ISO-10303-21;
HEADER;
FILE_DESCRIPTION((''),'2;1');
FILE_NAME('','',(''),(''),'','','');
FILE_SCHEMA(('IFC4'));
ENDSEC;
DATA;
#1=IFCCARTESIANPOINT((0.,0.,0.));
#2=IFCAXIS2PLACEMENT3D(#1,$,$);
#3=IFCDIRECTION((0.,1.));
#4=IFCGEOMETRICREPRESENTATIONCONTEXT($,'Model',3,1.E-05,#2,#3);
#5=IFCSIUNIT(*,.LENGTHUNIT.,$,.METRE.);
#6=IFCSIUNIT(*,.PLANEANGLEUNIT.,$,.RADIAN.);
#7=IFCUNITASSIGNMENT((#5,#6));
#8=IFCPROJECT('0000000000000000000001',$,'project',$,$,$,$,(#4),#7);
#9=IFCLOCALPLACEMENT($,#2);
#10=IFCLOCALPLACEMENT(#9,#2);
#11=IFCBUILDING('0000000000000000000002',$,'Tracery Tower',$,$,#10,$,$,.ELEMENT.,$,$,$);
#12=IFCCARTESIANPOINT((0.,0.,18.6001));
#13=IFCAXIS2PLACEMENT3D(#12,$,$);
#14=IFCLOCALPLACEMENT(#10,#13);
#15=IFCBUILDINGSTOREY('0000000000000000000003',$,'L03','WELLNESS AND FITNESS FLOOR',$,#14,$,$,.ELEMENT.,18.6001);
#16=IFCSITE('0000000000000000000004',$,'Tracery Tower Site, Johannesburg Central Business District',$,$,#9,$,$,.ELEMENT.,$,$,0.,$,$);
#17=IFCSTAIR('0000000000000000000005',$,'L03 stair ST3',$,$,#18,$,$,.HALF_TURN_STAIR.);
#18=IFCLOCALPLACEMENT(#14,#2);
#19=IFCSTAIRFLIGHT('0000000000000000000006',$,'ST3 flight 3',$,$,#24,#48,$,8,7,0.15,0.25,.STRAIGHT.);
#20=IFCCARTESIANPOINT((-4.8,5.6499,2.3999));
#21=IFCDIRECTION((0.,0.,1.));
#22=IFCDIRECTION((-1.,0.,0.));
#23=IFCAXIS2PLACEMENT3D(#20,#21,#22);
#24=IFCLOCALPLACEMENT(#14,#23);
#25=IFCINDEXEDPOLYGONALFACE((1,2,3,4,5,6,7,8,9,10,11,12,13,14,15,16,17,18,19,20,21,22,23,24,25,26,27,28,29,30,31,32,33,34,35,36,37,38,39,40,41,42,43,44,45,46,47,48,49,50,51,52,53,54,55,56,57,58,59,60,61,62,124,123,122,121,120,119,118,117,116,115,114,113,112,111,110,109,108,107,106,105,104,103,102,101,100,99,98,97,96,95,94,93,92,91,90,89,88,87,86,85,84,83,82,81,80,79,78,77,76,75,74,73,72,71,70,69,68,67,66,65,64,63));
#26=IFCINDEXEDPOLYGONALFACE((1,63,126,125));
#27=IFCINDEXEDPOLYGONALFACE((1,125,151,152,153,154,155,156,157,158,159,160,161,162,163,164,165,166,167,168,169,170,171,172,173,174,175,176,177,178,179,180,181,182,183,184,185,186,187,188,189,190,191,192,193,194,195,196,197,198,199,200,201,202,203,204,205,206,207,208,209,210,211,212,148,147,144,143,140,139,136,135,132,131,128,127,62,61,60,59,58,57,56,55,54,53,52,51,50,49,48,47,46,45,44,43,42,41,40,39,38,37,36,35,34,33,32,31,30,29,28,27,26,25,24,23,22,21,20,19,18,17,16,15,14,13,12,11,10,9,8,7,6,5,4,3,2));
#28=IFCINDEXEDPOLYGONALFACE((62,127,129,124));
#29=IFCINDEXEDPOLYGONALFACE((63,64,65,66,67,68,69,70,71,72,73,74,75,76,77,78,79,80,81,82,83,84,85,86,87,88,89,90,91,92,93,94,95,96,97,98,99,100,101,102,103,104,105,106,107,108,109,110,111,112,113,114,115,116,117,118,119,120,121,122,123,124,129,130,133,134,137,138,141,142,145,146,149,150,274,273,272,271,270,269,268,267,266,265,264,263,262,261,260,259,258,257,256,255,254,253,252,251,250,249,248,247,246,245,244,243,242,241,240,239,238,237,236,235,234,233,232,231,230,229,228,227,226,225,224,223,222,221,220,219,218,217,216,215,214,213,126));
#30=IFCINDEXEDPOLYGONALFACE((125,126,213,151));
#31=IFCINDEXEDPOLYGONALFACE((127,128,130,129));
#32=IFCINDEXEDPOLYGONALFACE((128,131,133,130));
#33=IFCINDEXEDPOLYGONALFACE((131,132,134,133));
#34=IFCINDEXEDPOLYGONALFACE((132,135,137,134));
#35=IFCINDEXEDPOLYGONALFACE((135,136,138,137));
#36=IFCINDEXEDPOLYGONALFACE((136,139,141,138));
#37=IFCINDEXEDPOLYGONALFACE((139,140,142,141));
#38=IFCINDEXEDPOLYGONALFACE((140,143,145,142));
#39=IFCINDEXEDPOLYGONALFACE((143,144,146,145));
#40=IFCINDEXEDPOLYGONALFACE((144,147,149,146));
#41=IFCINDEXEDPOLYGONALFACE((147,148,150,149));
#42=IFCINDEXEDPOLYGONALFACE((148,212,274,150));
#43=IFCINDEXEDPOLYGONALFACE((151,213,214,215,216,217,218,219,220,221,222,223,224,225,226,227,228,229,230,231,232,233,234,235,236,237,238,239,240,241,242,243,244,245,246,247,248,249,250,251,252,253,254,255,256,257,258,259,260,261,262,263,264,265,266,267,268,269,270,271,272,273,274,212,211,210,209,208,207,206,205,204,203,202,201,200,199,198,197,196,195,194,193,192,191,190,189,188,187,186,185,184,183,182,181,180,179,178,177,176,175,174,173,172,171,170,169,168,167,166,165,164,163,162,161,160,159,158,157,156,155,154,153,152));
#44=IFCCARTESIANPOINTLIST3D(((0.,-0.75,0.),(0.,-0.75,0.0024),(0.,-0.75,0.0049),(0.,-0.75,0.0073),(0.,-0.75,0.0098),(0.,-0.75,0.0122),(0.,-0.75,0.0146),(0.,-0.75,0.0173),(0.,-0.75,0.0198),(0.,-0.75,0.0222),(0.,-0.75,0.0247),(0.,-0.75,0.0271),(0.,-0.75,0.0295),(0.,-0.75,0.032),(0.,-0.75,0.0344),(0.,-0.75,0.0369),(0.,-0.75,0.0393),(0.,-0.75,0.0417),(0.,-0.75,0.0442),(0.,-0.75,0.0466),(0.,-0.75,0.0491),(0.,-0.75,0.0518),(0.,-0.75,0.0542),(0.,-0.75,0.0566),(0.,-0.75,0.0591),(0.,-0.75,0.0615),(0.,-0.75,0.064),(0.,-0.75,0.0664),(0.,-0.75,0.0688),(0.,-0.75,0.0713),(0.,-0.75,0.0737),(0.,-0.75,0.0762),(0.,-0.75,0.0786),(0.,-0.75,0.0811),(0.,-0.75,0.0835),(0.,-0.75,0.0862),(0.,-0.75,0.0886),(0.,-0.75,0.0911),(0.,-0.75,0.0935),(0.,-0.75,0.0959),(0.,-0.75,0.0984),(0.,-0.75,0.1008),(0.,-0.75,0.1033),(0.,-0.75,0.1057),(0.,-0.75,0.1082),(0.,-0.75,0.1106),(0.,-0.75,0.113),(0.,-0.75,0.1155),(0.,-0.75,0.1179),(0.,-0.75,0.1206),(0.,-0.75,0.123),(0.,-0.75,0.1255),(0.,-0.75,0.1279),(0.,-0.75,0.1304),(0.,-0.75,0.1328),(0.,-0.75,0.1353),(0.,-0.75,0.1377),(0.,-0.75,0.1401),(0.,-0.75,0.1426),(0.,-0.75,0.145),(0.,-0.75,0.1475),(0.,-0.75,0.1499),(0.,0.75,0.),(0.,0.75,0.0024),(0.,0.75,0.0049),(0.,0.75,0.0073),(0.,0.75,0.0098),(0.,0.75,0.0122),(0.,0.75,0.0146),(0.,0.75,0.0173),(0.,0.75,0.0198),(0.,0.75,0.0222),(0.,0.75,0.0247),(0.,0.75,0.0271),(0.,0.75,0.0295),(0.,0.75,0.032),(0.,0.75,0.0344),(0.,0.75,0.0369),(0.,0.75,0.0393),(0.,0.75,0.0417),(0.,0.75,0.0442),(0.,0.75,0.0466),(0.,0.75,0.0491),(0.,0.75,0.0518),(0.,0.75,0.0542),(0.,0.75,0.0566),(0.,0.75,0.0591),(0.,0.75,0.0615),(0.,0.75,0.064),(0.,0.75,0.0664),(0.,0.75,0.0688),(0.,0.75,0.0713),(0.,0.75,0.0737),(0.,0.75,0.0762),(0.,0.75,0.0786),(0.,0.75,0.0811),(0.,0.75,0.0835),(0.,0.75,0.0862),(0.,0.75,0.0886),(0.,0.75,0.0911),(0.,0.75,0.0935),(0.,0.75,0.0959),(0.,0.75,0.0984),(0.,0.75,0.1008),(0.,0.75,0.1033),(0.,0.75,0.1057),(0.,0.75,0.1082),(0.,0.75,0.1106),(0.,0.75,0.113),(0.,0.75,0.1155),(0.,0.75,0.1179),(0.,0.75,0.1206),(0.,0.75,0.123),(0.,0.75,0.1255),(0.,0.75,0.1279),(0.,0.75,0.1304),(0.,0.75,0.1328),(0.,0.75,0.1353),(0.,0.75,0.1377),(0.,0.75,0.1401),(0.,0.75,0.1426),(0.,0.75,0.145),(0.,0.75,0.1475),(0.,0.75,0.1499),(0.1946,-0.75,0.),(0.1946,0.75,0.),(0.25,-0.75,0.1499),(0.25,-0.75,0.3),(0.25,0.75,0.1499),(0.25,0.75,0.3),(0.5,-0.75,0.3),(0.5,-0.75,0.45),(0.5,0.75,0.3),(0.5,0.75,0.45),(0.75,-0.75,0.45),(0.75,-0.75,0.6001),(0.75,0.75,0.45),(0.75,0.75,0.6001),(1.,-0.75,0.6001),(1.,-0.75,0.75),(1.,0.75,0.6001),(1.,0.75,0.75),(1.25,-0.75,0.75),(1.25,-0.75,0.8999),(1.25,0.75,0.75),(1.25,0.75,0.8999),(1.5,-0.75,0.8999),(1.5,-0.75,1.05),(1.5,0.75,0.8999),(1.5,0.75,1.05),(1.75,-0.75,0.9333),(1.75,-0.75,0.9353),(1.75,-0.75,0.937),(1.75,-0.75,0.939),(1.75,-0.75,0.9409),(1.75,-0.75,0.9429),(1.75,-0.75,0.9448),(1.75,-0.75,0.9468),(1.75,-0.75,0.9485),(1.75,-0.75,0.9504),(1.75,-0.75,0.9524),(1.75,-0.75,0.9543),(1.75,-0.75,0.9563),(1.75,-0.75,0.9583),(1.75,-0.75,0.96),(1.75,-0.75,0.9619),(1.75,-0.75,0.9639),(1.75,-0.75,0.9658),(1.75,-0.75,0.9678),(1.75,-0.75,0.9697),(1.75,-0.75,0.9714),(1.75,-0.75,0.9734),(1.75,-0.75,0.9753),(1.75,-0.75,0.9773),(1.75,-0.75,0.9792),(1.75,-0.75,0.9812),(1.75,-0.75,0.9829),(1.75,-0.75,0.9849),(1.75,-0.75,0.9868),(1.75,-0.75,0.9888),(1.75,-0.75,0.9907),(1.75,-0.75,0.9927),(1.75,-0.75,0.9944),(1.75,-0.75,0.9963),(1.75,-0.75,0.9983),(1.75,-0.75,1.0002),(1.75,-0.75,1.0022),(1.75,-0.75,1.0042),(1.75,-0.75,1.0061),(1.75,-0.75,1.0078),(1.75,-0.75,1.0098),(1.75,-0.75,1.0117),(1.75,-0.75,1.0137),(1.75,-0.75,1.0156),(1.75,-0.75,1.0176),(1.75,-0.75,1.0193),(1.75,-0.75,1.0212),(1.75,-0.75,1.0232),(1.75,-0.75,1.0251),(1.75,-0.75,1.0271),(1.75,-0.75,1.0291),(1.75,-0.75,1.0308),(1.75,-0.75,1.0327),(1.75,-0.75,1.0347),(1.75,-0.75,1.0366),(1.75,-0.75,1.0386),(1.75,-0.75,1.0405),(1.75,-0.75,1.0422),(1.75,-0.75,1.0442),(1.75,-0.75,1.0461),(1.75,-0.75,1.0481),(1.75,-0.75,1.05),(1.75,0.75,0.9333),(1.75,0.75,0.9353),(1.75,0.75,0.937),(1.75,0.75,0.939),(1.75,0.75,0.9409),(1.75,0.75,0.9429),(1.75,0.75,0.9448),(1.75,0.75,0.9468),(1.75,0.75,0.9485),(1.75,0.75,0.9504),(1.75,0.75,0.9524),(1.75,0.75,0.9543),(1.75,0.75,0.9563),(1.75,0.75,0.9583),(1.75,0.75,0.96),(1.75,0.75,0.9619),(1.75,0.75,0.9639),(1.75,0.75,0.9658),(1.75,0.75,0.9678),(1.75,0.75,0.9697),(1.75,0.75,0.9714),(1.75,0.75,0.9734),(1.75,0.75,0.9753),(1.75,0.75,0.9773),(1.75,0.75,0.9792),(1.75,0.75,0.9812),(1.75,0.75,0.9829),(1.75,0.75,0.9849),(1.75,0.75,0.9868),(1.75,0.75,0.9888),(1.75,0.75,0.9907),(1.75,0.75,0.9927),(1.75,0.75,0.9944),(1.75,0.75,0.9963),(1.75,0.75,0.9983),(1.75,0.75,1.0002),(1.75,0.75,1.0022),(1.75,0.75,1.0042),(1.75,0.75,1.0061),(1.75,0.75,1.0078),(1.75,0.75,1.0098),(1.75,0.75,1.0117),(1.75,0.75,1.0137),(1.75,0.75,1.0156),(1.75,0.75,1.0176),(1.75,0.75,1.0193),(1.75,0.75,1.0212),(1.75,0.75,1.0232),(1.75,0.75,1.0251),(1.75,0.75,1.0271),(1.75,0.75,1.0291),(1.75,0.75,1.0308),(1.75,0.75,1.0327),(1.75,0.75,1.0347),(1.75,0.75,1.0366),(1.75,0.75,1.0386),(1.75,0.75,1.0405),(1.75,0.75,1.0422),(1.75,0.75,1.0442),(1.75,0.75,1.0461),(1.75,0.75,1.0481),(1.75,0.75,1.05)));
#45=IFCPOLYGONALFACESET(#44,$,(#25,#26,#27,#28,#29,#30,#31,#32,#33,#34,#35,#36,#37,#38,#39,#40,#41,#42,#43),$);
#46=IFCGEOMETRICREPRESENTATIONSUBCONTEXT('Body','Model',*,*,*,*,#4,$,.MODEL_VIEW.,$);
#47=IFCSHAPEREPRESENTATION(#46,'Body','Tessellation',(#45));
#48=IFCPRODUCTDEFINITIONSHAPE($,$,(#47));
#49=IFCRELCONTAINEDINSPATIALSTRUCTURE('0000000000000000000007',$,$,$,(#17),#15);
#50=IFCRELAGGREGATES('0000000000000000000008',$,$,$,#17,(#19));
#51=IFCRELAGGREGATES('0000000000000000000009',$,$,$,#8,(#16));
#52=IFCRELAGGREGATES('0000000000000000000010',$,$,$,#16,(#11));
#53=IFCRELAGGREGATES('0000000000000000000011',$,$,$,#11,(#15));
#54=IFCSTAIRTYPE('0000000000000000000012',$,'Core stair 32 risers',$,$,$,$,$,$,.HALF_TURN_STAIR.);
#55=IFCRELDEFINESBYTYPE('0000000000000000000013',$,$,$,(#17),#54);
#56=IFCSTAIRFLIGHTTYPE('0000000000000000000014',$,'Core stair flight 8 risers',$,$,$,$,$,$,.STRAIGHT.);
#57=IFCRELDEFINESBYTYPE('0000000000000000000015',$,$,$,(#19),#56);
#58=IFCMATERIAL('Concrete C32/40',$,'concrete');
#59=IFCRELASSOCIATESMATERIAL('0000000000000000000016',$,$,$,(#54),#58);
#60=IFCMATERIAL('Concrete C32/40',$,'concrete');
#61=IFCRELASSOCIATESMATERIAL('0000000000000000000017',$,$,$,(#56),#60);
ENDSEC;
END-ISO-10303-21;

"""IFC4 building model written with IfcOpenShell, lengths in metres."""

from ifc_helpers import new_model, si_unit, direction, frame, origin, place, context, subcontext, project, spatial, polyline, outline, extrude, material, type_object, element, aggregate, save


model = new_model("IFC4")

# Units and contexts
model_context = context("Model", 3, precision=1e-05, world=origin(), true_north=direction((0.0, 1.0)))
body_context = subcontext(model_context, "Body", "Model", "MODEL_VIEW")
ifc_project = project(units=[si_unit("LENGTHUNIT", "METRE"), si_unit("PLANEANGLEUNIT", "RADIAN")], contexts=[model_context])

# Site, building, storey
site_placement = place(None, origin())
site = spatial("IfcSite", under=ifc_project, at=site_placement, Name="Tracery Tower Site, Johannesburg Central Business District", CompositionType="ELEMENT", RefElevation=0.0)
building_placement = place(site_placement, origin())
building = spatial("IfcBuilding", under=site, at=building_placement, Name="Tracery Tower", CompositionType="ELEMENT")
storey_placement = place(building_placement, frame((0.0, 0.0, 18.6001)))
storey = spatial("IfcBuildingStorey", under=building, at=storey_placement, Name="L03", Description="WELLNESS AND FITNESS FLOOR", CompositionType="ELEMENT", Elevation=18.6001)

# Stair, stair flight
ifc_material_1 = material(Name="Concrete C32/40", Category="concrete")
stair_type = type_object("IfcStairType", Name="Core stair 32 risers", PredefinedType="HALF_TURN_STAIR", material=ifc_material_1)
stair_placement = place(storey_placement, origin())
stair = element("IfcStair", 1, at=stair_placement, inside=storey, type_object=stair_type, Name="L03 stair ST3", PredefinedType="HALF_TURN_STAIR")
ifc_material_2 = material(Name="Concrete C32/40", Category="concrete")
stair_flight_type = type_object("IfcStairFlightType", Name="Core stair flight 8 risers", PredefinedType="STRAIGHT", material=ifc_material_2)
stair_flight_1_placement = place(storey_placement, frame((-4.8, 5.6499, 2.3999), z_axis=(0.0, 0.0, 1.0), x_axis=(-1.0, 0.0, 0.0)))
stair_flight_1 = element("IfcStairFlight", 2, at=stair_flight_1_placement, type_object=stair_flight_type, Name="ST3 flight 3", NumberOfRisers=8, NumberOfTreads=7, PredefinedType="STRAIGHT", RiserHeight=0.15, TreadLength=0.25, context=body_context, shape_type="SweptSolid", body=[
    extrude(outline(polyline([(0.0, 0.0), (0.0, 0.0024), (0.0, 0.0049), (0.0, 0.0073), (0.0, 0.0098), (0.0, 0.0122), (0.0, 0.0146), (0.0, 0.0173), (0.0, 0.0198), (0.0, 0.0222), (0.0, 0.0247), (0.0, 0.0271), (0.0, 0.0295), (0.0, 0.032), (0.0, 0.0344), (0.0, 0.0369), (0.0, 0.0393), (0.0, 0.0417), (0.0, 0.0442), (0.0, 0.0466), (0.0, 0.0491), (0.0, 0.0518), (0.0, 0.0542), (0.0, 0.0566), (0.0, 0.0591), (0.0, 0.0615), (0.0, 0.064), (0.0, 0.0664), (0.0, 0.0688), (0.0, 0.0713), (0.0, 0.0737), (0.0, 0.0762), (0.0, 0.0786), (0.0, 0.0811), (0.0, 0.0835), (0.0, 0.0862), (0.0, 0.0886), (0.0, 0.0911), (0.0, 0.0935), (0.0, 0.0959), (0.0, 0.0984), (0.0, 0.1008), (0.0, 0.1033), (0.0, 0.1057), (0.0, 0.1082), (0.0, 0.1106), (0.0, 0.113), (0.0, 0.1155), (0.0, 0.1179), (0.0, 0.1206), (0.0, 0.123), (0.0, 0.1255), (0.0, 0.1279), (0.0, 0.1304), (0.0, 0.1328), (0.0, 0.1353), (0.0, 0.1377), (0.0, 0.1401), (0.0, 0.1426), (0.0, 0.145), (0.0, 0.1475), (0.0, 0.1499), (0.25, 0.1499), (0.25, 0.3), (0.5, 0.3), (0.5, 0.45), (0.75, 0.45), (0.75, 0.6001), (1.0, 0.6001), (1.0, 0.75), (1.25, 0.75), (1.25, 0.8999), (1.5, 0.8999), (1.5, 1.05), (1.75, 1.05), (1.75, 1.0481), (1.75, 1.0461), (1.75, 1.0442), (1.75, 1.0422), (1.75, 1.0405), (1.75, 1.0386), (1.75, 1.0366), (1.75, 1.0347), (1.75, 1.0327), (1.75, 1.0308), (1.75, 1.0291), (1.75, 1.0271), (1.75, 1.0251), (1.75, 1.0232), (1.75, 1.0212), (1.75, 1.0193), (1.75, 1.0176), (1.75, 1.0156), (1.75, 1.0137), (1.75, 1.0117), (1.75, 1.0098), (1.75, 1.0078), (1.75, 1.0061), (1.75, 1.0042), (1.75, 1.0022), (1.75, 1.0002), (1.75, 0.9983), (1.75, 0.9963), (1.75, 0.9944), (1.75, 0.9927), (1.75, 0.9907), (1.75, 0.9888), (1.75, 0.9868), (1.75, 0.9849), (1.75, 0.9829), (1.75, 0.9812), (1.75, 0.9792), (1.75, 0.9773), (1.75, 0.9753), (1.75, 0.9734), (1.75, 0.9714), (1.75, 0.9697), (1.75, 0.9678), (1.75, 0.9658), (1.75, 0.9639), (1.75, 0.9619), (1.75, 0.96), (1.75, 0.9583), (1.75, 0.9563), (1.75, 0.9543), (1.75, 0.9524), (1.75, 0.9504), (1.75, 0.9485), (1.75, 0.9468), (1.75, 0.9448), (1.75, 0.9429), (1.75, 0.9409), (1.75, 0.939), (1.75, 0.937), (1.75, 0.9353), (1.75, 0.9333), (0.1946, 0.0), (0.0, 0.0)])), frame((0.0, 0.75, 0.0), z_axis=(0.0, -1.0, 0.0), x_axis=(1.0, 0.0, 0.0)), (0.0, 0.0, 1.0), 1.5),
])
aggregate(stair, [stair_flight_1])

save(model, "model.ifc")
